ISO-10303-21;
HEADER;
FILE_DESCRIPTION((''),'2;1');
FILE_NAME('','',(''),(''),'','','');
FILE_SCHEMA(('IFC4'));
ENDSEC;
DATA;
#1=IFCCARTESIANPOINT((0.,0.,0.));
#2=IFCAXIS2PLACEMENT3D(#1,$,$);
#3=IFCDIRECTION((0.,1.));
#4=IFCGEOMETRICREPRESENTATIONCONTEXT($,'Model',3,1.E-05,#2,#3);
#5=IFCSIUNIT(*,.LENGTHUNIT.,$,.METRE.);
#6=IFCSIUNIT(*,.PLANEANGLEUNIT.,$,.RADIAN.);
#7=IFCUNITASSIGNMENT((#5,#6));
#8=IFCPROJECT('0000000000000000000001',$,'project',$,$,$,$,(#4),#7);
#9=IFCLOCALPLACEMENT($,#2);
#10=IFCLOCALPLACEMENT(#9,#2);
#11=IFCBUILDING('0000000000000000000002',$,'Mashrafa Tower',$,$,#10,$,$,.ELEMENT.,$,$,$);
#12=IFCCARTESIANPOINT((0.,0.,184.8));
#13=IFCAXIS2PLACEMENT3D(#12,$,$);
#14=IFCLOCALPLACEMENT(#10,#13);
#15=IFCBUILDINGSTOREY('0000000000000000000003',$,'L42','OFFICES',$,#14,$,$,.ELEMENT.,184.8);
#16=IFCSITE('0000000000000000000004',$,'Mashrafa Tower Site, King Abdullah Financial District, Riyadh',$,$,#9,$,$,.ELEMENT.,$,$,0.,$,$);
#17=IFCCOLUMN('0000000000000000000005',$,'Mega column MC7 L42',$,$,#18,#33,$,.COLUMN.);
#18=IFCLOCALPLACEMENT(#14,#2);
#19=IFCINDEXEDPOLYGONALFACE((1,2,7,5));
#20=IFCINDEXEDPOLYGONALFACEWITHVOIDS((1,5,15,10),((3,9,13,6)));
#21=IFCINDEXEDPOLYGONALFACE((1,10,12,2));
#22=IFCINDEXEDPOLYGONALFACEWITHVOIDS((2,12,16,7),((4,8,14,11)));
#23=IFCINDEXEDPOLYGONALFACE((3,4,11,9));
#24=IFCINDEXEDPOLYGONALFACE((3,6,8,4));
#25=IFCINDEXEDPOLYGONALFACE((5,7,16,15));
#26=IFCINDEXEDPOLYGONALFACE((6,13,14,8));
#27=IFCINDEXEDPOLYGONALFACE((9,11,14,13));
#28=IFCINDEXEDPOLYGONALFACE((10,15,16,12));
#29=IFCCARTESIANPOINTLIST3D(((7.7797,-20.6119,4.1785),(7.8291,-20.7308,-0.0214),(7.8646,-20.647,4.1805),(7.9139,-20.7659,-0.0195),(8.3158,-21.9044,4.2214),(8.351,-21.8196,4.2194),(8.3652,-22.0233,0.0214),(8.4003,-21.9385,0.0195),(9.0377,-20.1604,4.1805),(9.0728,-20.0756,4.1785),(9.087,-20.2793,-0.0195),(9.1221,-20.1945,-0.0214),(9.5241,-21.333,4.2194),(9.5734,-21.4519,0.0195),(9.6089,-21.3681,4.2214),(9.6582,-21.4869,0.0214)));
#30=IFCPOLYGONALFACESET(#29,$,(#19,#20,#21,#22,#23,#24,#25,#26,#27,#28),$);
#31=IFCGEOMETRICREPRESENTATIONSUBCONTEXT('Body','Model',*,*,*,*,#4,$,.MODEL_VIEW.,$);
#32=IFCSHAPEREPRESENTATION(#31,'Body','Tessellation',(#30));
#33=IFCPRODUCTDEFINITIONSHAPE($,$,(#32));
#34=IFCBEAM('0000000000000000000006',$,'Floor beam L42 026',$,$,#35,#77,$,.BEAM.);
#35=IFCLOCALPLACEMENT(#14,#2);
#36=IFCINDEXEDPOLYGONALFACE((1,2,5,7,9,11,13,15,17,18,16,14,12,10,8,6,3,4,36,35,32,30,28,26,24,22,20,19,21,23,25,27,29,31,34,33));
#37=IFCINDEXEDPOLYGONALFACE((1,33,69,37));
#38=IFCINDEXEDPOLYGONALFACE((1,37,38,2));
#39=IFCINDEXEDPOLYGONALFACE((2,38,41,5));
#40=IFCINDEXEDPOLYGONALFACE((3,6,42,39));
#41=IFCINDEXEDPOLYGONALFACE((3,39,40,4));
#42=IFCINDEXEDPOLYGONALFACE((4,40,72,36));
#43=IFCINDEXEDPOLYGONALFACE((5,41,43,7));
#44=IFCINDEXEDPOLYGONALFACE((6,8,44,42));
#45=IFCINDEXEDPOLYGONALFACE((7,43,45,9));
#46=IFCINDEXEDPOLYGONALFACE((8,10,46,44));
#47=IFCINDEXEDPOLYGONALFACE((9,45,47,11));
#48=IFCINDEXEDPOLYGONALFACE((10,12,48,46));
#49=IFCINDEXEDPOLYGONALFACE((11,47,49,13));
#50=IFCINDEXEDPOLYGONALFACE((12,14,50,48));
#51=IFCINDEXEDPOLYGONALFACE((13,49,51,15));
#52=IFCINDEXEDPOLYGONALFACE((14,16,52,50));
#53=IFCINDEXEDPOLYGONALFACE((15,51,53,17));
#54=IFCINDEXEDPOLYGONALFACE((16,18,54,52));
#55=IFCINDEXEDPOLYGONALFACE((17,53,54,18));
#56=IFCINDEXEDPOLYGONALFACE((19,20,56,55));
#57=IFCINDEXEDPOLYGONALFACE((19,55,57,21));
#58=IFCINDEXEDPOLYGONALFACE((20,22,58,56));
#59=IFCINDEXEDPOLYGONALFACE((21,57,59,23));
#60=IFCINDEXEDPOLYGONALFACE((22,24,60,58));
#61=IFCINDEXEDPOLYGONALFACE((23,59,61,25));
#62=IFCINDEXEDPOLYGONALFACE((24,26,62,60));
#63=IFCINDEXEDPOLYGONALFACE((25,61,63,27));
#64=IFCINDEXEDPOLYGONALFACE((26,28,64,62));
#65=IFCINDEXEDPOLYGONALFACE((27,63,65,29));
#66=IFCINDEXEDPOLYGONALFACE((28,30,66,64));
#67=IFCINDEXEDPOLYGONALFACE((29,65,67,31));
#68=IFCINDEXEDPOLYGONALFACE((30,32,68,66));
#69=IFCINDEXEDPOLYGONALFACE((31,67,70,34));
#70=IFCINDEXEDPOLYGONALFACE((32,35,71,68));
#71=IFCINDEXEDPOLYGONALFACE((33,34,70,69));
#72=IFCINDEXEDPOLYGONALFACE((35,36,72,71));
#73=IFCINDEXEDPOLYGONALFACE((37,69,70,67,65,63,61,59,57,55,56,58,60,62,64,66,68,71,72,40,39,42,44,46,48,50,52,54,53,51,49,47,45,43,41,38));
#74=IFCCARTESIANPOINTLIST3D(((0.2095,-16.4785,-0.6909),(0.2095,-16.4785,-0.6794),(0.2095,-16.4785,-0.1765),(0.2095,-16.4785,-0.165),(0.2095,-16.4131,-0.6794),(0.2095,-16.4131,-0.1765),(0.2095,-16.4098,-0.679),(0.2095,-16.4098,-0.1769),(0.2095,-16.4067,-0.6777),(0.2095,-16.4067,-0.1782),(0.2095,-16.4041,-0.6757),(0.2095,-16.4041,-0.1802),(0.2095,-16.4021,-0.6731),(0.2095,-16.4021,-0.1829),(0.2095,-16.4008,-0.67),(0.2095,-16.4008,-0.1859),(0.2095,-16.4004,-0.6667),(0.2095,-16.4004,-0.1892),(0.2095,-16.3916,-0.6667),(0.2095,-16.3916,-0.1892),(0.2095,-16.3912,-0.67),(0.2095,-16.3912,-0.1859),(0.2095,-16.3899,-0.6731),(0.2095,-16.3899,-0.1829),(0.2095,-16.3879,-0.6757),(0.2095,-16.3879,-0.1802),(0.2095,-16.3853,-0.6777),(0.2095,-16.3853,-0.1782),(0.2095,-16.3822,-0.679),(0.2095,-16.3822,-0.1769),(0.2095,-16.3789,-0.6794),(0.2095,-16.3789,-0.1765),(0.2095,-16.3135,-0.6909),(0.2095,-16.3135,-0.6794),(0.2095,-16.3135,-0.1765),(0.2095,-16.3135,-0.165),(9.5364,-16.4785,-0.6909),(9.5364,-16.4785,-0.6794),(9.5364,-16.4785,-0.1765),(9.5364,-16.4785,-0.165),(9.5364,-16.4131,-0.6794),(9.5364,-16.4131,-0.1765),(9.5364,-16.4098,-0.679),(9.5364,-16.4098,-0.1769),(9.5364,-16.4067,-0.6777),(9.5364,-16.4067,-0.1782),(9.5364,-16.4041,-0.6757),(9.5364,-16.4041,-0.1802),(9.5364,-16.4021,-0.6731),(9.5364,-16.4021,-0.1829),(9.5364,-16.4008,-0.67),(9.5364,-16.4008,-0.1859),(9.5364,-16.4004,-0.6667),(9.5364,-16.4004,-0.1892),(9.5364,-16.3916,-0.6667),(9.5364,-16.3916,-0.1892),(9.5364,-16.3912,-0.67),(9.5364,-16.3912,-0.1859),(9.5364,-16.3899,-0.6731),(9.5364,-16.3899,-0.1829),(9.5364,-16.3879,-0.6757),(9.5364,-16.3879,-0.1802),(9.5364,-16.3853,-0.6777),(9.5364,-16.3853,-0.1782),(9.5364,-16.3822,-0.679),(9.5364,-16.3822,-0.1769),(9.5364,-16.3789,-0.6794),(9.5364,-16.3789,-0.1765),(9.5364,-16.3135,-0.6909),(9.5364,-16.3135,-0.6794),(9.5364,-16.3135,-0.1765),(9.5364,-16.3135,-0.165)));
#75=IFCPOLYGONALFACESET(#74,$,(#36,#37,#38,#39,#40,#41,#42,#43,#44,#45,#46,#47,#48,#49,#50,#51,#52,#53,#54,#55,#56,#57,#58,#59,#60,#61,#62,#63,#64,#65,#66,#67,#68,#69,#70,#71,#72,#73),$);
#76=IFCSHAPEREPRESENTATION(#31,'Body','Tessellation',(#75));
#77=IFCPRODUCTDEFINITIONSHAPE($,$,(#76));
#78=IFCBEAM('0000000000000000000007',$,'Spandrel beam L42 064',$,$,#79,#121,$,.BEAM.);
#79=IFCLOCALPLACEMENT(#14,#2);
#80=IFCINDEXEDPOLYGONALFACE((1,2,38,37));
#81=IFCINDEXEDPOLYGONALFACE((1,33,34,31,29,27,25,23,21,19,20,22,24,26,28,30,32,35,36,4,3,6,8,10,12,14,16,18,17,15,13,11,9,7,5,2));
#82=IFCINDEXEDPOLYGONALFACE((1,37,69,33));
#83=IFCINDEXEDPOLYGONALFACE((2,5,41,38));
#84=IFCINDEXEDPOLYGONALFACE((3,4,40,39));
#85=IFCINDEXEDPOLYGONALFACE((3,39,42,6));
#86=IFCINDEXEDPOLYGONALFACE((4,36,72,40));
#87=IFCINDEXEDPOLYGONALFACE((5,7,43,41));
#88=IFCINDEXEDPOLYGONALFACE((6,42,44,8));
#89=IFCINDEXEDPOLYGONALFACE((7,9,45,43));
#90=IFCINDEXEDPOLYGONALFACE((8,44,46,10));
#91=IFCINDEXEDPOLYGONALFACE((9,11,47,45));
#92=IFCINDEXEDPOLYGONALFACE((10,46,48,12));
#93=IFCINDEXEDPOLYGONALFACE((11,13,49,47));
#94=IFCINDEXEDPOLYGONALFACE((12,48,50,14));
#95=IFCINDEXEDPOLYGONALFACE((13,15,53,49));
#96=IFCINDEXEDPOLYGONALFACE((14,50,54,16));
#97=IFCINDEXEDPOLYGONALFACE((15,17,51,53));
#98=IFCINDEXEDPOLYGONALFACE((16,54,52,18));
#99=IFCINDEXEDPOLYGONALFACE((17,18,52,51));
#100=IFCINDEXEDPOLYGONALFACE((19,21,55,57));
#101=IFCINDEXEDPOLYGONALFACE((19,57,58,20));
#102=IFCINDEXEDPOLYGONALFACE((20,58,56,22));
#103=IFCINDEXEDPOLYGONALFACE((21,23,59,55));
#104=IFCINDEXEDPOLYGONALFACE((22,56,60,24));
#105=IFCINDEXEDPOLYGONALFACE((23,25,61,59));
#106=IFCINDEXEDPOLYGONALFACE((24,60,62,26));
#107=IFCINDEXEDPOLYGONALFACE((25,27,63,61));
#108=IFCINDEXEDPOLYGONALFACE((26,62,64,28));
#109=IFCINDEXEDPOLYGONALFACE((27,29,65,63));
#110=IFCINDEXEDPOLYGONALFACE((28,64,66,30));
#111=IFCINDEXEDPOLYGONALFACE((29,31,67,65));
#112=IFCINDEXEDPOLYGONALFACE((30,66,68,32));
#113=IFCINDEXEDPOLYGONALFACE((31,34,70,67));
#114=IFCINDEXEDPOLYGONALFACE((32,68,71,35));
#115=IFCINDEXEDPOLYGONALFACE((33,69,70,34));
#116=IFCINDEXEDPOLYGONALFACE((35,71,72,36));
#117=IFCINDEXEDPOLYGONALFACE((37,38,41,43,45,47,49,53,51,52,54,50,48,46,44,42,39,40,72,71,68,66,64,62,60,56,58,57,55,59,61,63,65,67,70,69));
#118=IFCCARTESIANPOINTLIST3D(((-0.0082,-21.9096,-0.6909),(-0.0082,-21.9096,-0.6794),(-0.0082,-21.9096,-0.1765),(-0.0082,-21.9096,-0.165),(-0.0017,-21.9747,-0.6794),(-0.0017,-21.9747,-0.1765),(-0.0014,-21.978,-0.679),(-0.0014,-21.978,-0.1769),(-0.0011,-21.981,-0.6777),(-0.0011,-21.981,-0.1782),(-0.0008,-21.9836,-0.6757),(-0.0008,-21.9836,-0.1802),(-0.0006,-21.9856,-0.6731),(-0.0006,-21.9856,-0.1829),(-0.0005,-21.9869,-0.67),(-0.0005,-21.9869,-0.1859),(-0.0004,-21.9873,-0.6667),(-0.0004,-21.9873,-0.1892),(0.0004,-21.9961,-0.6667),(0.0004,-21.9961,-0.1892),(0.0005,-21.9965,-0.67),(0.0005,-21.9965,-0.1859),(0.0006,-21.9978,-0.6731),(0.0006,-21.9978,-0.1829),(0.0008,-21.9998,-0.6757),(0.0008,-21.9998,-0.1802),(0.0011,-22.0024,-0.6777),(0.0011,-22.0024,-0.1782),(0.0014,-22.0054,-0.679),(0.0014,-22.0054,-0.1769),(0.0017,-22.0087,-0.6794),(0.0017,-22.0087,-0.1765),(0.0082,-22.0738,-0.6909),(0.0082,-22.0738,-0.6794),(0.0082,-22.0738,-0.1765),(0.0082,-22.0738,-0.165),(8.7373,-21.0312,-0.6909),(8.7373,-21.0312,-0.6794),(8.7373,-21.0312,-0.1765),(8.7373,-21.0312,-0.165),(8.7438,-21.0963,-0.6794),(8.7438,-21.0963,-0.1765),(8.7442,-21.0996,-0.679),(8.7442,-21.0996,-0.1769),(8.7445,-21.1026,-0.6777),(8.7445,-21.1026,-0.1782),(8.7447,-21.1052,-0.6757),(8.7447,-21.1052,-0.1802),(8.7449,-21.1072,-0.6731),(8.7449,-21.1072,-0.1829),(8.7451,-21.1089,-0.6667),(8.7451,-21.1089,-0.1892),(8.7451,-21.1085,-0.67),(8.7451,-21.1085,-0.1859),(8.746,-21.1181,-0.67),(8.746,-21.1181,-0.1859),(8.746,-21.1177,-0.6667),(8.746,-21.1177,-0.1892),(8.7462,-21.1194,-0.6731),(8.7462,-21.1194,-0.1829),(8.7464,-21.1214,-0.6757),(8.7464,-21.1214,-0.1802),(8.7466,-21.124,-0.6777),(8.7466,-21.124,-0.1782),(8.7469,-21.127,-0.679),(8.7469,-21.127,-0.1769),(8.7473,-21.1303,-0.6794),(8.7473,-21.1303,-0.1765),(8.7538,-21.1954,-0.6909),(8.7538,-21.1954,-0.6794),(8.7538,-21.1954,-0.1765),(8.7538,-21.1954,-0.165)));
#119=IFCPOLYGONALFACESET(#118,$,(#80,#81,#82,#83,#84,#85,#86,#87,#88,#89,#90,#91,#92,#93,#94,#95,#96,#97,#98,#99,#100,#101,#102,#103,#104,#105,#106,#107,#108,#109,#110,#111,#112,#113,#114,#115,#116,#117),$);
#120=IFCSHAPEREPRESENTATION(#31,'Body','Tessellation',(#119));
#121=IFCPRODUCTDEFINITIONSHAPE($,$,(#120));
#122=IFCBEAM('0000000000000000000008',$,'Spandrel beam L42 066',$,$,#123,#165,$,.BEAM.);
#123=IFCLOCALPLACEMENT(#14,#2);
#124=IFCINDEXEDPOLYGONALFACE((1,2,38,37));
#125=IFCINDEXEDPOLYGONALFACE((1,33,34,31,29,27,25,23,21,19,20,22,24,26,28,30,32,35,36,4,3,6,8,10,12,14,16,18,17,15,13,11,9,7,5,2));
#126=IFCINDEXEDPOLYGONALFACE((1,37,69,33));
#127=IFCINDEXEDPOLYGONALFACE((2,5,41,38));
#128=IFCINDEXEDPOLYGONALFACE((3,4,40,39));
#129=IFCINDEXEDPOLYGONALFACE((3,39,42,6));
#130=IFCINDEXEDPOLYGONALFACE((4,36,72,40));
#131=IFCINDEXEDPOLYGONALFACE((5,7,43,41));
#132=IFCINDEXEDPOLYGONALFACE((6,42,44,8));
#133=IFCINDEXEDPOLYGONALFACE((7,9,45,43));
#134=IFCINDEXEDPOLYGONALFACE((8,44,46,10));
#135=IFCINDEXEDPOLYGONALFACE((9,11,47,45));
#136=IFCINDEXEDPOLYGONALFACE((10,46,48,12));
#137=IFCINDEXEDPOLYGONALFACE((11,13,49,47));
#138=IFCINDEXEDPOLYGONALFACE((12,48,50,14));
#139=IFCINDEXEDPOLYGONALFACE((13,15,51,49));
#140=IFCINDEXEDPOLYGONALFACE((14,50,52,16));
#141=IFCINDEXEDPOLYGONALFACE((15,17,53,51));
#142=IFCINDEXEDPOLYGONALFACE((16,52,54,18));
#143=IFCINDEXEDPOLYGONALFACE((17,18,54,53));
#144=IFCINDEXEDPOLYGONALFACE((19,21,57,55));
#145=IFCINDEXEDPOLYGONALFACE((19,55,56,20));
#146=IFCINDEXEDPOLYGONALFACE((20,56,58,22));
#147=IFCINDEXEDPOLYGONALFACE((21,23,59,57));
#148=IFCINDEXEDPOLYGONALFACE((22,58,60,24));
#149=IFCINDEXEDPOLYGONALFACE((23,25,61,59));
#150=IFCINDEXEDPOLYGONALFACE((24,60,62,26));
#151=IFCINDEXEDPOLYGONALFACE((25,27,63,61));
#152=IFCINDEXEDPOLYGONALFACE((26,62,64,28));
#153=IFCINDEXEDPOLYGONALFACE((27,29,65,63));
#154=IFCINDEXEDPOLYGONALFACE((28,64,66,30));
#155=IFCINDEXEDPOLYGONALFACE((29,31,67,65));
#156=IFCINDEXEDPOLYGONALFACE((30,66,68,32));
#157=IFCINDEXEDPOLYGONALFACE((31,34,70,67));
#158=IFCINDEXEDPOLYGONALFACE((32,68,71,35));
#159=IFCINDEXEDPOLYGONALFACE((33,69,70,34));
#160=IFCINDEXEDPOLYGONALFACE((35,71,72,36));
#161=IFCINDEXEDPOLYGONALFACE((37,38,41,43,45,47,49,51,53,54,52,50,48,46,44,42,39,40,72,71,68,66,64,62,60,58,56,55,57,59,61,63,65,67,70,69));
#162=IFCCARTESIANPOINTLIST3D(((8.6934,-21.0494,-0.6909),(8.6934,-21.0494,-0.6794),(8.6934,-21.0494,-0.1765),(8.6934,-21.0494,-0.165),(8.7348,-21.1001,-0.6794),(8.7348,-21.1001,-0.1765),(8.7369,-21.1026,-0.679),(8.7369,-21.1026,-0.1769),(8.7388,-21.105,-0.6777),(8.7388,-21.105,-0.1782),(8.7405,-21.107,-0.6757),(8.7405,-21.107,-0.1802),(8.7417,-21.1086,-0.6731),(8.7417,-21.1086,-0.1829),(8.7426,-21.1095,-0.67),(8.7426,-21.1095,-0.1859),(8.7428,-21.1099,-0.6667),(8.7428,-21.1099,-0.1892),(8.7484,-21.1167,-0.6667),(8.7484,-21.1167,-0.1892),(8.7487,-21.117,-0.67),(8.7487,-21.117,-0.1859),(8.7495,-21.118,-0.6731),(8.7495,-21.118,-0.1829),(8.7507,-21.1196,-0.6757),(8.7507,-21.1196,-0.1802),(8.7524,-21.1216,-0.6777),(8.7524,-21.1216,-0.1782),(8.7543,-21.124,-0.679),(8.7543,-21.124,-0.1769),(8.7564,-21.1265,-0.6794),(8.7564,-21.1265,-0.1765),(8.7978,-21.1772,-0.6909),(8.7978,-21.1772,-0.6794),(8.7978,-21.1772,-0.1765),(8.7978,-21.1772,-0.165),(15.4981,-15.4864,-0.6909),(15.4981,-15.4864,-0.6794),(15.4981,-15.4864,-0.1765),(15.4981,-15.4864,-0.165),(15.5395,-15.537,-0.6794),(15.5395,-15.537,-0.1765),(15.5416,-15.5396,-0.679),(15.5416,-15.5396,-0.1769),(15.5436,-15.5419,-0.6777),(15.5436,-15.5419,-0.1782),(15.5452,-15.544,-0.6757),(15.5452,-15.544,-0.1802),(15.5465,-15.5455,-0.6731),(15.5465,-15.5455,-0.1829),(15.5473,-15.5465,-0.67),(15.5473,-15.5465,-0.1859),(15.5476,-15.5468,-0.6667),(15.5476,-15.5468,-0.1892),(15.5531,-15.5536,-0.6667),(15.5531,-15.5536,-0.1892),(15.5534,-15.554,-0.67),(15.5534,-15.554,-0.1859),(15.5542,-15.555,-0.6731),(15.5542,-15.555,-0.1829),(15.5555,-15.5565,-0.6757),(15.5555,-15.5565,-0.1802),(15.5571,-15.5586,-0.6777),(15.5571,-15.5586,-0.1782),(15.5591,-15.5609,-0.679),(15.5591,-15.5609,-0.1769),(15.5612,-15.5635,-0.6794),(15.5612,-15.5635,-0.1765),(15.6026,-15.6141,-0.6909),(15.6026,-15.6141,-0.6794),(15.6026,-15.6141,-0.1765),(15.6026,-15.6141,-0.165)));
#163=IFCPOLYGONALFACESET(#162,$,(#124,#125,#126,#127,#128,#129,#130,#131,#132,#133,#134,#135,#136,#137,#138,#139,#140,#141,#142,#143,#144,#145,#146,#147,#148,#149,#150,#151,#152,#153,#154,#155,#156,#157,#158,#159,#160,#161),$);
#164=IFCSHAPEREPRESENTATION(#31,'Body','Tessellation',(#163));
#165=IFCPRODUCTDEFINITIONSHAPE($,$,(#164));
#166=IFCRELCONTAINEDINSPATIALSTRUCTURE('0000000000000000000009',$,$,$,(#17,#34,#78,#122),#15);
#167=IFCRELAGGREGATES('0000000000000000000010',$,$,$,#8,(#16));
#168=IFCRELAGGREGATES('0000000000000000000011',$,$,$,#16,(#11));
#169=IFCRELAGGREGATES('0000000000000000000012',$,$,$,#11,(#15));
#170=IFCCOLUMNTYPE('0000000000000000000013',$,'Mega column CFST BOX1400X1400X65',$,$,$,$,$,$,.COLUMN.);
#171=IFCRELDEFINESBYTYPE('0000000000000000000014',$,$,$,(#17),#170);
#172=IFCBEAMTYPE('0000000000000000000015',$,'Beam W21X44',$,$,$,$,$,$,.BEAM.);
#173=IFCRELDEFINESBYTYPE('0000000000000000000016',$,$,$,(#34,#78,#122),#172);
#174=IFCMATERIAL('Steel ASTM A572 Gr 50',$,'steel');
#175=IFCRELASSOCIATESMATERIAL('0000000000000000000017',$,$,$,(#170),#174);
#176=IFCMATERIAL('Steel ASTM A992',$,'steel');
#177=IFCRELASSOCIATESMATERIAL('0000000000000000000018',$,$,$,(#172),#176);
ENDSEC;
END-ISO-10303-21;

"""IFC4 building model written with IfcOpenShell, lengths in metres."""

from ifc_helpers import new_model, si_unit, direction, frame, origin, origin_2d, place, context, subcontext, project, spatial, hollow_rectangle, i_section, extrude, material, material_profile, profile_set, type_object, element, save


model = new_model("IFC4")

# Units and contexts
model_context = context("Model", 3, precision=1e-05, world=origin(), true_north=direction((0.0, 1.0)))
body_context = subcontext(model_context, "Body", "Model", "MODEL_VIEW")
ifc_project = project(units=[si_unit("LENGTHUNIT", "METRE"), si_unit("PLANEANGLEUNIT", "RADIAN")], contexts=[model_context])

# Site, building, storey
site_placement = place(None, origin())
site = spatial("IfcSite", under=ifc_project, at=site_placement, Name="Mashrafa Tower Site, King Abdullah Financial District, Riyadh", CompositionType="ELEMENT", RefElevation=0.0)
building_placement = place(site_placement, origin())
building = spatial("IfcBuilding", under=site, at=building_placement, Name="Mashrafa Tower", CompositionType="ELEMENT")
storey_placement = place(building_placement, frame((0.0, 0.0, 184.8)))
storey = spatial("IfcBuildingStorey", under=building, at=storey_placement, Name="L42", Description="OFFICES", CompositionType="ELEMENT", Elevation=184.8)

# Column
ifc_material_1 = material(Name="Steel ASTM A572 Gr 50", Category="steel")
ifc_material_profile_1 = material_profile(ifc_material_1, hollow_rectangle(XDim=1.3999, YDim=1.3999, WallThickness=0.0649, at=origin_2d()), Name="BOX1400X1400X65")
ifc_profile_set_1 = profile_set([ifc_material_profile_1], Name="Steel ASTM A572 Gr 50")
column_type = type_object("IfcColumnType", Name="Mega column CFST BOX1400X1400X65", PredefinedType="COLUMN", material=ifc_profile_set_1)
column_placement = place(storey_placement, frame((8.7437, -21.1089, 0.0), z_axis=(-0.011737, 0.028296, 0.999531), x_axis=(-0.923693, -0.383133, 0.0)))
element("IfcColumn", 1, at=column_placement, inside=storey, type_object=column_type, Name="Mega column MC7 L42", PredefinedType="COLUMN", context=body_context, shape_type="SweptSolid", body=[
    extrude(hollow_rectangle(XDim=1.3999, YDim=1.3999, WallThickness=0.0649, at=origin_2d()), origin(), (0.0, 0.0, 1.0), 4.2019),
])

# Beams
ifc_material_2 = material(Name="Steel ASTM A992", Category="steel")
ifc_material_profile_2 = material_profile(ifc_material_2, i_section(OverallWidth=0.165, OverallDepth=0.5259, WebThickness=0.0088, FlangeThickness=0.0115, FilletRadius=0.0127, at=origin_2d()), Name="W21X44")
ifc_profile_set_2 = profile_set([ifc_material_profile_2], Name="Steel ASTM A992")
beam_type_1 = type_object("IfcBeamType", Name="Beam W21X44", PredefinedType="BEAM", material=ifc_profile_set_2)
beam_1_placement = place(storey_placement, frame((9.5364, -16.396, -0.428), z_axis=(-1.0, 0.0, 0.0), x_axis=(0.0, -1.0, 0.0)))
element("IfcBeam", 2, at=beam_1_placement, inside=storey, type_object=beam_type_1, Name="Floor beam L42 026", PredefinedType="BEAM", context=body_context, shape_type="SweptSolid", body=[
    extrude(i_section(OverallWidth=0.165, OverallDepth=0.5259, WebThickness=0.0088, FlangeThickness=0.0115, FilletRadius=0.0127, at=origin_2d()), origin(), (0.0, 0.0, 1.0), 9.3269),
])
beam_2_placement = place(storey_placement, frame((0.0, -21.9917, -0.428), z_axis=(0.994994, 0.099938, 0.0), x_axis=(-0.099938, 0.994994, 0.0)))
element("IfcBeam", 3, at=beam_2_placement, inside=storey, type_object=beam_type_1, Name="Spandrel beam L42 064", PredefinedType="BEAM", context=body_context, shape_type="SweptSolid", body=[
    extrude(i_section(OverallWidth=0.165, OverallDepth=0.5259, WebThickness=0.0088, FlangeThickness=0.0115, FilletRadius=0.0127, at=origin_2d()), origin(), (0.0, 0.0, 1.0), 8.7896),
])
beam_3_placement = place(storey_placement, frame((8.7456, -21.1133, -0.428), z_axis=(0.774207, 0.632932, 0.0), x_axis=(-0.632932, 0.774207, 0.0)))
element("IfcBeam", 4, at=beam_3_placement, inside=storey, type_object=beam_type_1, Name="Spandrel beam L42 066", PredefinedType="BEAM", context=body_context, shape_type="SweptSolid", body=[
    extrude(i_section(OverallWidth=0.165, OverallDepth=0.5259, WebThickness=0.0088, FlangeThickness=0.0115, FilletRadius=0.0127, at=origin_2d()), origin(), (0.0, 0.0, 1.0), 8.7893),
])

save(model, "model.ifc")
